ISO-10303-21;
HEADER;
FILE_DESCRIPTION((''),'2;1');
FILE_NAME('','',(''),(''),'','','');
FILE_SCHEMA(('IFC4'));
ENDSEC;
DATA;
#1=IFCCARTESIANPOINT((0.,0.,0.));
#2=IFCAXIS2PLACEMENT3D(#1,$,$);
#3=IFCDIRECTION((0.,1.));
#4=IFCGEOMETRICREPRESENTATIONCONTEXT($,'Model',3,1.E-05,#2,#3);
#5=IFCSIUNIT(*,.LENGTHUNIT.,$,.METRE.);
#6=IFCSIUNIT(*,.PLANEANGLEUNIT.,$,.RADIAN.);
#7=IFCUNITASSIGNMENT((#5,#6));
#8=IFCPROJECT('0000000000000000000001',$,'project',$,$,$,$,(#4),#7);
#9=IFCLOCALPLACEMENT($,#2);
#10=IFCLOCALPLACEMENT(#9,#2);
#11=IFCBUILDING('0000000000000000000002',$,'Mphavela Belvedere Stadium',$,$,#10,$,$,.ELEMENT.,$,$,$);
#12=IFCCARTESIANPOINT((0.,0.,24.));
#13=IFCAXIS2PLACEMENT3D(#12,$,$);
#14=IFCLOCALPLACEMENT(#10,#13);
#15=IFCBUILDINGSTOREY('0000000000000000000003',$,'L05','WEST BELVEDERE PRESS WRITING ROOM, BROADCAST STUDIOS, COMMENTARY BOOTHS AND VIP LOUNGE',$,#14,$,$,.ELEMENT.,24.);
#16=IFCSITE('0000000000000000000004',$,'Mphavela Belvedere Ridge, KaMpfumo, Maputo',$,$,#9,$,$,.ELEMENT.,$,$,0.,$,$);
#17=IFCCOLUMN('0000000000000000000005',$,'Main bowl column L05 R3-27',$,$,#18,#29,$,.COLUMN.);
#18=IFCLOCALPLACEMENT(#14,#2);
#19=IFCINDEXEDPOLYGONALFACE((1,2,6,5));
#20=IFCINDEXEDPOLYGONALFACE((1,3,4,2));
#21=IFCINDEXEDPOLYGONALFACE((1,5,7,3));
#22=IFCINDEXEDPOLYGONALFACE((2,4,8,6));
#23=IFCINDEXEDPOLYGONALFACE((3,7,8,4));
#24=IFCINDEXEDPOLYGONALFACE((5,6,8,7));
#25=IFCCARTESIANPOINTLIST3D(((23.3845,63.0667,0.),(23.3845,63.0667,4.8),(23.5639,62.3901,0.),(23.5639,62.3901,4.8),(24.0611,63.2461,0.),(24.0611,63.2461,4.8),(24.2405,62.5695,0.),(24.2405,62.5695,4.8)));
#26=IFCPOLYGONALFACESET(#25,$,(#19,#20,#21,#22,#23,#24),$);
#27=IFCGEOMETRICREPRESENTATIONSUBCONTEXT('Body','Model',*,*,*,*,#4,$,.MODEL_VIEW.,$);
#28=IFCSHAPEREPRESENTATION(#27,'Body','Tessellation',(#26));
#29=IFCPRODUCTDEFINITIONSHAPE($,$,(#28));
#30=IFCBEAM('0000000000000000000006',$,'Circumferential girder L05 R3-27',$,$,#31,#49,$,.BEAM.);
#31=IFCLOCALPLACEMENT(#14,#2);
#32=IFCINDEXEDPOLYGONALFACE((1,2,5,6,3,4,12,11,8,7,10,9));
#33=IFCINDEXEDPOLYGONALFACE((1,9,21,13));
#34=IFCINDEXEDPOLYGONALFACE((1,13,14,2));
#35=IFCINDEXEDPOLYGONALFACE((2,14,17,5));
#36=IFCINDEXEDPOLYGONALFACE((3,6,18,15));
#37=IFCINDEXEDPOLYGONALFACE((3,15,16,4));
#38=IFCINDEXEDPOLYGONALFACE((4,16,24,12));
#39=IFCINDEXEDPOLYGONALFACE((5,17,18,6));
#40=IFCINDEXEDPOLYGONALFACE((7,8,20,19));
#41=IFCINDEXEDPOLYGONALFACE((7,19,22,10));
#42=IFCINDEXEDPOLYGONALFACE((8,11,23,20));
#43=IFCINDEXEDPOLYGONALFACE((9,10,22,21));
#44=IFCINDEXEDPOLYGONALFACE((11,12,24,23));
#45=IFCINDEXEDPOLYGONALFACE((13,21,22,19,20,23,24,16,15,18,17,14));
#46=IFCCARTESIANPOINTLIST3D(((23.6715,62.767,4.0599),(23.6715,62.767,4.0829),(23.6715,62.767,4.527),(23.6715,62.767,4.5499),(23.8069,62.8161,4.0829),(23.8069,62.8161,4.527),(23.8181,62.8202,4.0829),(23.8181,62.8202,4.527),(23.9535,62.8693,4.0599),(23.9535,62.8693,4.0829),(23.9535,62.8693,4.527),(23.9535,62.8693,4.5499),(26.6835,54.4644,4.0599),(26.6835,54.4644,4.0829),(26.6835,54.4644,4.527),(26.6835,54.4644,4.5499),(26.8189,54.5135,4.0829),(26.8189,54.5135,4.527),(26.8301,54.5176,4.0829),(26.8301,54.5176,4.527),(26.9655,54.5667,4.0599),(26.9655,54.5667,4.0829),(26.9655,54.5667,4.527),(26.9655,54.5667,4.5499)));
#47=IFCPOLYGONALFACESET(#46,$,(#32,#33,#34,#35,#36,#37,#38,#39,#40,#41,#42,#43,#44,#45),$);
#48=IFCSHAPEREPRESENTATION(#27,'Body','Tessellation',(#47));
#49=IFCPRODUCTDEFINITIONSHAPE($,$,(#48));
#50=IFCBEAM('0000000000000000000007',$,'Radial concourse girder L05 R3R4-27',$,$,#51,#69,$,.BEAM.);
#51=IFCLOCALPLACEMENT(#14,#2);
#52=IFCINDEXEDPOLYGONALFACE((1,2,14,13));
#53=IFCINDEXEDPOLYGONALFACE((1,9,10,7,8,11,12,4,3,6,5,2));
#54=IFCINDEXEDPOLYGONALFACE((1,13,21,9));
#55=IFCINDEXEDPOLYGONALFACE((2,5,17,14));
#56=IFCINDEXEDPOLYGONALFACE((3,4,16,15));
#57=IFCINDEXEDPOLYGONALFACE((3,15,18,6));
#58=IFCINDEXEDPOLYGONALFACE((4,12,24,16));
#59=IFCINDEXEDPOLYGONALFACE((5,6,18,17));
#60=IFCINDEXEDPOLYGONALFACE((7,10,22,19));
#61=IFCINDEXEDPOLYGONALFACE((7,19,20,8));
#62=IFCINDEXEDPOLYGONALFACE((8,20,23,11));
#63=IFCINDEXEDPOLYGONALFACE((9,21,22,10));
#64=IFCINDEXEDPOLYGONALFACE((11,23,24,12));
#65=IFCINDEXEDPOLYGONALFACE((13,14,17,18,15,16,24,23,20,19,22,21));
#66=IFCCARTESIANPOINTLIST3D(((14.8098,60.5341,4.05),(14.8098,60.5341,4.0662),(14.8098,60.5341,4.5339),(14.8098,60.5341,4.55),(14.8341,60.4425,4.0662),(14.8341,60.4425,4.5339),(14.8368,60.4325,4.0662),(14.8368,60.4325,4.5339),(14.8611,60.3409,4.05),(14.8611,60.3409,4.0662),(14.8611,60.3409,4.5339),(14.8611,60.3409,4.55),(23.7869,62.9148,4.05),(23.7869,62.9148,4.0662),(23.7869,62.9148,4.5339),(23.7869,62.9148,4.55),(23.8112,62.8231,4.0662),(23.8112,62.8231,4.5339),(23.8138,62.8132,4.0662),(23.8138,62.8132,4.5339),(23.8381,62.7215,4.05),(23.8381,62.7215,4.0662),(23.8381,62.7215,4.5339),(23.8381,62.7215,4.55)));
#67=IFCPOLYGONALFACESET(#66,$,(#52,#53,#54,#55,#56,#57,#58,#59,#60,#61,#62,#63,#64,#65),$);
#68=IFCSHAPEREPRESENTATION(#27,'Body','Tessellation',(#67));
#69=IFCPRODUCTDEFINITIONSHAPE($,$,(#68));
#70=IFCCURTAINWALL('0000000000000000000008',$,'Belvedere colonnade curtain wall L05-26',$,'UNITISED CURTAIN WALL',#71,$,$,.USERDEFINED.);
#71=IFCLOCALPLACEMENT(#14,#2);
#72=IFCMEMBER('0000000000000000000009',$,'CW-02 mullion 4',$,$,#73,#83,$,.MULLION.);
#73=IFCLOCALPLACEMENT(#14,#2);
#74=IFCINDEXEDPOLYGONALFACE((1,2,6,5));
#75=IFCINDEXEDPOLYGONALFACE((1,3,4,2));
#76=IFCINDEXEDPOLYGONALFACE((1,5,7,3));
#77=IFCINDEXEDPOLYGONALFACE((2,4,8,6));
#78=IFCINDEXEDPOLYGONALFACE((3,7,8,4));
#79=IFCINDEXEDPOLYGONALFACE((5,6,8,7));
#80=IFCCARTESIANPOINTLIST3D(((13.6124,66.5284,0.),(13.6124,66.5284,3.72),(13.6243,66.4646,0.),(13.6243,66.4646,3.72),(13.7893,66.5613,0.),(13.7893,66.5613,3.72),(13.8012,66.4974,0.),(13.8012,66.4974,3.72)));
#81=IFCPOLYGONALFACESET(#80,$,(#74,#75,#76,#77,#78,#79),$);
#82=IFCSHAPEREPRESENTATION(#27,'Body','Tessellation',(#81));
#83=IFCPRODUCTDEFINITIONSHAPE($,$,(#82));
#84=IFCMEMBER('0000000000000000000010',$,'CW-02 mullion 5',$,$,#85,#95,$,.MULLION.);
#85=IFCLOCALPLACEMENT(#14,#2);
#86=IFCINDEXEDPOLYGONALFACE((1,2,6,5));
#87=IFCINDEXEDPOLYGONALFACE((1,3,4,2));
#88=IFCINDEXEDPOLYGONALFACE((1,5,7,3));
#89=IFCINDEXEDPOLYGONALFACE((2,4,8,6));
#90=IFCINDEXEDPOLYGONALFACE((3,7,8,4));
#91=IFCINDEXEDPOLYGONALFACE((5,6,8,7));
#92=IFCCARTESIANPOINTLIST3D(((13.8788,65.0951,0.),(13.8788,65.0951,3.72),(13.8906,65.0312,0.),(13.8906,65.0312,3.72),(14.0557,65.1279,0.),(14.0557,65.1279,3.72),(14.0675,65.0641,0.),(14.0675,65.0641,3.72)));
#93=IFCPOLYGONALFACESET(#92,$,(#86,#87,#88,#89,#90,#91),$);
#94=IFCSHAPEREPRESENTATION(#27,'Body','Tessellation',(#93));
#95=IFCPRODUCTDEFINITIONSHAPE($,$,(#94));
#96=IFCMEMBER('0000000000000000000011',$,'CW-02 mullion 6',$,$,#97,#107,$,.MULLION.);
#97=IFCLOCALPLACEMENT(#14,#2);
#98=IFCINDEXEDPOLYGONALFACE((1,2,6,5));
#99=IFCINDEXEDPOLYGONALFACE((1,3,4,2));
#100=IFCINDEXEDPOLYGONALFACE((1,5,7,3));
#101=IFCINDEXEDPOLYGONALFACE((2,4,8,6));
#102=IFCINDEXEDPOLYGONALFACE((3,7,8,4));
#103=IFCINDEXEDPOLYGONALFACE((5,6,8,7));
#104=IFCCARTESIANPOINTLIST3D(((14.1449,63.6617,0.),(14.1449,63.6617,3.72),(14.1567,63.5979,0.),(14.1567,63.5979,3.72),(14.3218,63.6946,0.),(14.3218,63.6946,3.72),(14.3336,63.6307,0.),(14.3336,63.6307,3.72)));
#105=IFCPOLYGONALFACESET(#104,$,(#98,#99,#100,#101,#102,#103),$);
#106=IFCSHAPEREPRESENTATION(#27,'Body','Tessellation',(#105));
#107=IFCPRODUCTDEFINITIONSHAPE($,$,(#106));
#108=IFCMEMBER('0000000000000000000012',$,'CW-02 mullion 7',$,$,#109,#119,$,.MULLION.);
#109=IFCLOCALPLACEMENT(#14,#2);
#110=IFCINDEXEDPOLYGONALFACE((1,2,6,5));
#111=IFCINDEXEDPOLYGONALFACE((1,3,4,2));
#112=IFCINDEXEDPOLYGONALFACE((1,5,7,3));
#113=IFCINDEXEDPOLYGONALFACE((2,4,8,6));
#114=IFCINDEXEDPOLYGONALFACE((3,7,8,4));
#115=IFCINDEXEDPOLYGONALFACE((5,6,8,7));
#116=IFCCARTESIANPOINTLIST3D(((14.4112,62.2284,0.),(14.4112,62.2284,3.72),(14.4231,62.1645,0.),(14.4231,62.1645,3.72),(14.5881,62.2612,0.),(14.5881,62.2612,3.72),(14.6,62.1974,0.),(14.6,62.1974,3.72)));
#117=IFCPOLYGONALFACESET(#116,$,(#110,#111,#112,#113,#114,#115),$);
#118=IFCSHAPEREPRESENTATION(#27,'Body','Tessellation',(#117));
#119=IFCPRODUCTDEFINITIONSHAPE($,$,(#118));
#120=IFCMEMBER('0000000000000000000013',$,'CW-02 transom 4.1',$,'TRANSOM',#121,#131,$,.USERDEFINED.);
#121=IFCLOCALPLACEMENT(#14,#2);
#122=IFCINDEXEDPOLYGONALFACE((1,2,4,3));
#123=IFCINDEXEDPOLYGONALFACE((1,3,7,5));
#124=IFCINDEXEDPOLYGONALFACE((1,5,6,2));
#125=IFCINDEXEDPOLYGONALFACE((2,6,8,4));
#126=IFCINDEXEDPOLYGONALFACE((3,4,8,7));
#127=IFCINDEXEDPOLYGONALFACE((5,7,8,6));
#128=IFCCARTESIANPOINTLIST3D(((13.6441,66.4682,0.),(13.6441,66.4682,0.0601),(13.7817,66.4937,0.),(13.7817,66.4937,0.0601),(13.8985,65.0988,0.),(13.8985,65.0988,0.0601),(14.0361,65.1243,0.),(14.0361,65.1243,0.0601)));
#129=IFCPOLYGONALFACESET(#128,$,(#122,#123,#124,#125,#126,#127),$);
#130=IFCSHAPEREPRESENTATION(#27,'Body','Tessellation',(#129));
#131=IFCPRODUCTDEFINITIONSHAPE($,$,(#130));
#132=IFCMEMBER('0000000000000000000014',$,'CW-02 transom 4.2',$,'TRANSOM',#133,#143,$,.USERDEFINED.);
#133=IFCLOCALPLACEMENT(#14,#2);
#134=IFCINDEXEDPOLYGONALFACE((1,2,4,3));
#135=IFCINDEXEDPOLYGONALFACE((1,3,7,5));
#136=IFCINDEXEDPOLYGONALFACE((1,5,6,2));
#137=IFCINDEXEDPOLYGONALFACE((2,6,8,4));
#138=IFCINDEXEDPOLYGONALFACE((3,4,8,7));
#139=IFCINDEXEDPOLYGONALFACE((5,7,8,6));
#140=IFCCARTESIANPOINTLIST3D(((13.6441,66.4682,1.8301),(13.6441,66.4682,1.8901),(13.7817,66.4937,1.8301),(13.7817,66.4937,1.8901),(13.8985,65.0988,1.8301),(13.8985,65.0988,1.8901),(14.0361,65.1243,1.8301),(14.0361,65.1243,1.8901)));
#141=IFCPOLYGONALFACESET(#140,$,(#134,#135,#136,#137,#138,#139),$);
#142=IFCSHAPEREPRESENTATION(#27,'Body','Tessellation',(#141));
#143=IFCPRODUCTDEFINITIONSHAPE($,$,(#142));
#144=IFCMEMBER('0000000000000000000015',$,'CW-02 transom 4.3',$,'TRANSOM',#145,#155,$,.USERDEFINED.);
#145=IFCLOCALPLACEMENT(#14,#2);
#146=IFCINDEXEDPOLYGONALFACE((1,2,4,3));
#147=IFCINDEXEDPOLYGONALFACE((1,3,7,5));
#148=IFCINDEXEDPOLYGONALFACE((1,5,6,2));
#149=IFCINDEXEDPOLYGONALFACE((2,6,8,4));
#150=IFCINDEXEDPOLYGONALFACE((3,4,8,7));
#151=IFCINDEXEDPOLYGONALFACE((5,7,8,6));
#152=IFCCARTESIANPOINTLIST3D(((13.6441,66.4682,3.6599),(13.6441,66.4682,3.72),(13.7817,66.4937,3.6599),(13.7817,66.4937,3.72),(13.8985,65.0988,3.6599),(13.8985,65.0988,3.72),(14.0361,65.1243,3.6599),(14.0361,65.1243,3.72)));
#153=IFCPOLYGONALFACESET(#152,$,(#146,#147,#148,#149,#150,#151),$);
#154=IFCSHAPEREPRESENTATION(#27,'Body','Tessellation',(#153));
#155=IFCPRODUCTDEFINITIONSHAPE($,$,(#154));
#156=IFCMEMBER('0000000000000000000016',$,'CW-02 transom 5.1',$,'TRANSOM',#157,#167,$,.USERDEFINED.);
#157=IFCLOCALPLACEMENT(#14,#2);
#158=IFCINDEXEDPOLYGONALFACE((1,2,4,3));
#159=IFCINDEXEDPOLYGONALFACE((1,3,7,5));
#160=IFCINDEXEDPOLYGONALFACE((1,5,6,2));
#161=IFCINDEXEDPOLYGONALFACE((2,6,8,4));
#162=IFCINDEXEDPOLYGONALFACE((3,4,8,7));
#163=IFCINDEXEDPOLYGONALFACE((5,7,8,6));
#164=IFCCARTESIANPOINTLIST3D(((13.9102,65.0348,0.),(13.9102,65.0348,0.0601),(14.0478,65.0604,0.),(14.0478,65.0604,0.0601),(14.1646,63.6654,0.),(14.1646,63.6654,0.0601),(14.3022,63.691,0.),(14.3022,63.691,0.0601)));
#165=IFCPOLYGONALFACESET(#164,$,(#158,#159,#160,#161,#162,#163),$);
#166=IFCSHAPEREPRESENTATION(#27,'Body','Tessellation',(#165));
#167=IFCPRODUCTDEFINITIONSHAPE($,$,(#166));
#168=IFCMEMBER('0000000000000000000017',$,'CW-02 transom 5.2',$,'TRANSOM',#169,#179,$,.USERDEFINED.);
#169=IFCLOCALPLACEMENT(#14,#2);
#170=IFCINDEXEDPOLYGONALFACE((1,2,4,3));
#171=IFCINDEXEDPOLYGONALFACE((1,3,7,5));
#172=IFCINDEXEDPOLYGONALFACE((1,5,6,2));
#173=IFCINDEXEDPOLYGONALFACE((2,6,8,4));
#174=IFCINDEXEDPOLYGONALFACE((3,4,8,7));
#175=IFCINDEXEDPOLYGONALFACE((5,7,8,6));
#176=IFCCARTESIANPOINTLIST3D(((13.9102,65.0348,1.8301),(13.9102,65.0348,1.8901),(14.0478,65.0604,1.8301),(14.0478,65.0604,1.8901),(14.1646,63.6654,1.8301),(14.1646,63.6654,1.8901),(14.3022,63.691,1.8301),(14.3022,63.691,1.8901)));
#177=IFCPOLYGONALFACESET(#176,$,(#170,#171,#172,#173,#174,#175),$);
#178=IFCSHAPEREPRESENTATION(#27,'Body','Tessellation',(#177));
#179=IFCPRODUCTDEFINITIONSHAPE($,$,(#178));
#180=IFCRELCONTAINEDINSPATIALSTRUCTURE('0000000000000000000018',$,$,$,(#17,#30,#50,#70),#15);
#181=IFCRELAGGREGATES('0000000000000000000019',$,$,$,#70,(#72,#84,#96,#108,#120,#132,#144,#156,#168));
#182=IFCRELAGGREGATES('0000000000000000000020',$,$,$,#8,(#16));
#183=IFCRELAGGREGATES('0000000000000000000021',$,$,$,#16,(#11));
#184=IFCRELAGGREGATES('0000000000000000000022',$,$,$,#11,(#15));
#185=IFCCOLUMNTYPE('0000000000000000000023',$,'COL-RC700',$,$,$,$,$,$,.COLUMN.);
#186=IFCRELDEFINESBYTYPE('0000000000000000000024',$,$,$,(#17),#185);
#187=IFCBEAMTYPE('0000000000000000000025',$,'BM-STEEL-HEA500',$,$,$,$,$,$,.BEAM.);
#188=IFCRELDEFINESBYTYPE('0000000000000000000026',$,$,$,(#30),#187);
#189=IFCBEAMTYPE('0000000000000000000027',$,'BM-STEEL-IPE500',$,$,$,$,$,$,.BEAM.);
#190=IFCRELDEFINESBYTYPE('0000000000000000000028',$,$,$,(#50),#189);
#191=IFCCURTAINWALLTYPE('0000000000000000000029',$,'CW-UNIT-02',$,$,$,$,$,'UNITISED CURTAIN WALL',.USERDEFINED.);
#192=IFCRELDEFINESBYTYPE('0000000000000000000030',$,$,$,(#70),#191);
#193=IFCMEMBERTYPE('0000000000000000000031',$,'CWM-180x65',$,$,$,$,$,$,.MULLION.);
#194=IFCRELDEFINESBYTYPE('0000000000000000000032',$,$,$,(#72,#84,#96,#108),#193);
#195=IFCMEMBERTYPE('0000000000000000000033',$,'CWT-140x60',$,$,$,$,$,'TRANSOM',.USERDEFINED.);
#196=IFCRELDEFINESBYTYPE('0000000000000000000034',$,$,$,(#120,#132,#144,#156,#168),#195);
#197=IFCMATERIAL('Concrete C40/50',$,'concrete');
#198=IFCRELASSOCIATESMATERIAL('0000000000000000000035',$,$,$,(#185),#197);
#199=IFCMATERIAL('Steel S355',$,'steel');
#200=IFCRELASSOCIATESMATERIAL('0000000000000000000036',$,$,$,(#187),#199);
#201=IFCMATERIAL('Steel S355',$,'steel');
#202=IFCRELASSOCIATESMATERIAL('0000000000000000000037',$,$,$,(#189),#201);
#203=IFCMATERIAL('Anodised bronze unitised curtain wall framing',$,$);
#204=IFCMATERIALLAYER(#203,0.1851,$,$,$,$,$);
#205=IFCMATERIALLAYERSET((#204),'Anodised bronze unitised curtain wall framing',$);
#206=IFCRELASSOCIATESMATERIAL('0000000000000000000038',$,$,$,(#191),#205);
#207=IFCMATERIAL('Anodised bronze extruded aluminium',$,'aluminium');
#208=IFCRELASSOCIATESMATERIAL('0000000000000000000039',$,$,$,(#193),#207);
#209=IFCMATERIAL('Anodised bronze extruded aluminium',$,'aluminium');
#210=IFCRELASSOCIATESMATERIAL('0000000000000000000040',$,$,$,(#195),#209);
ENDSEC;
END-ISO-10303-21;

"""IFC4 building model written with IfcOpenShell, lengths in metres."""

from ifc_helpers import new_model, si_unit, direction, frame, origin, origin_2d, place, context, subcontext, project, spatial, rectangle, i_section, extrude, material, layer, layer_set, material_profile, profile_set, type_object, element, aggregate, save


model = new_model("IFC4")

# Units and contexts
model_context = context("Model", 3, precision=1e-05, world=origin(), true_north=direction((0.0, 1.0)))
body_context = subcontext(model_context, "Body", "Model", "MODEL_VIEW")
ifc_project = project(units=[si_unit("LENGTHUNIT", "METRE"), si_unit("PLANEANGLEUNIT", "RADIAN")], contexts=[model_context])

# Site, building, storey
site_placement = place(None, origin())
site = spatial("IfcSite", under=ifc_project, at=site_placement, Name="Mphavela Belvedere Ridge, KaMpfumo, Maputo", CompositionType="ELEMENT", RefElevation=0.0)
building_placement = place(site_placement, origin())
building = spatial("IfcBuilding", under=site, at=building_placement, Name="Mphavela Belvedere Stadium", CompositionType="ELEMENT")
storey_placement = place(building_placement, frame((0.0, 0.0, 24.0)))
storey = spatial("IfcBuildingStorey", under=building, at=storey_placement, Name="L05", Description="WEST BELVEDERE PRESS WRITING ROOM, BROADCAST STUDIOS, COMMENTARY BOOTHS AND VIP LOUNGE", CompositionType="ELEMENT", Elevation=24.0)

# Column
ifc_material_1 = material(Name="Concrete C40/50", Category="concrete")
ifc_material_profile_1 = material_profile(ifc_material_1, rectangle(XDim=0.7, YDim=0.7, at=origin_2d()), Name="RC 700x700")
ifc_profile_set_1 = profile_set([ifc_material_profile_1], Name="Concrete C40/50")
column_type = type_object("IfcColumnType", Name="COL-RC700", PredefinedType="COLUMN", material=ifc_profile_set_1)
column_placement = place(storey_placement, frame((23.8125, 62.8181, 0.0), z_axis=(0.0, 0.0, 1.0), x_axis=(-0.9666, -0.256289, 0.0)))
element("IfcColumn", 1, at=column_placement, inside=storey, type_object=column_type, Name="Main bowl column L05 R3-27", PredefinedType="COLUMN", context=body_context, shape_type="SweptSolid", body=[
    extrude(rectangle(XDim=0.7, YDim=0.7, at=origin_2d()), origin(), (0.0, 0.0, 1.0), 4.8),
])

# Beams
ifc_material_2 = material(Name="Steel S355", Category="steel")
ifc_material_profile_2 = material_profile(ifc_material_2, i_section(OverallWidth=0.3, OverallDepth=0.49, WebThickness=0.012, FlangeThickness=0.0229, at=origin_2d()), Name="HEA 500")
ifc_profile_set_2 = profile_set([ifc_material_profile_2], Name="Steel S355")
beam_type_1 = type_object("IfcBeamType", Name="BM-STEEL-HEA500", PredefinedType="BEAM", material=ifc_profile_set_2)
beam_1_placement = place(storey_placement, frame((23.8125, 62.8181, 4.3049), z_axis=(0.341031, -0.940052, 0.0), x_axis=(0.940052, 0.341031, 0.0)))
element("IfcBeam", 2, at=beam_1_placement, inside=storey, type_object=beam_type_1, Name="Circumferential girder L05 R3-27", PredefinedType="BEAM", context=body_context, shape_type="SweptSolid", body=[
    extrude(i_section(OverallWidth=0.3, OverallDepth=0.49, WebThickness=0.012, FlangeThickness=0.0229, at=origin_2d()), origin(), (0.0, 0.0, 1.0), 8.832),
])
ifc_material_3 = material(Name="Steel S355", Category="steel")
ifc_material_profile_3 = material_profile(ifc_material_3, i_section(OverallWidth=0.2, OverallDepth=0.5, WebThickness=0.0103, FlangeThickness=0.0161, at=origin_2d()), Name="IPE 500")
ifc_profile_set_3 = profile_set([ifc_material_profile_3], Name="Steel S355")
beam_type_2 = type_object("IfcBeamType", Name="BM-STEEL-IPE500", PredefinedType="BEAM", material=ifc_profile_set_3)
beam_2_placement = place(storey_placement, frame((23.8125, 62.8181, 4.3), z_axis=(-0.96659, -0.256329, 0.0), x_axis=(0.256329, -0.96659, 0.0)))
element("IfcBeam", 3, at=beam_2_placement, inside=storey, type_object=beam_type_2, Name="Radial concourse girder L05 R3R4-27", PredefinedType="BEAM", context=body_context, shape_type="SweptSolid", body=[
    extrude(i_section(OverallWidth=0.2, OverallDepth=0.5, WebThickness=0.0103, FlangeThickness=0.0161, at=origin_2d()), origin(), (0.0, 0.0, 1.0), 9.2874),
])

# Curtain wall, members
ifc_material_4 = material(Name="Anodised bronze unitised curtain wall framing")
ifc_layer_1 = layer(ifc_material_4, 0.1851)
ifc_layer_set_1 = layer_set([ifc_layer_1], Name="Anodised bronze unitised curtain wall framing")
curtain_wall_type = type_object("IfcCurtainWallType", Name="CW-UNIT-02", ElementType="UNITISED CURTAIN WALL", PredefinedType="USERDEFINED", material=ifc_layer_set_1)
curtain_wall_placement = place(storey_placement, origin())
curtain_wall = element("IfcCurtainWall", 4, at=curtain_wall_placement, inside=storey, type_object=curtain_wall_type, Name="Belvedere colonnade curtain wall L05-26", ObjectType="UNITISED CURTAIN WALL", PredefinedType="USERDEFINED")
ifc_material_5 = material(Name="Anodised bronze extruded aluminium", Category="aluminium")
ifc_material_profile_4 = material_profile(ifc_material_5, rectangle(XDim=0.1799, YDim=0.0649, at=origin_2d()), Name="CW-MUL 180x65")
ifc_profile_set_4 = profile_set([ifc_material_profile_4], Name="Anodised bronze extruded aluminium")
member_type_1 = type_object("IfcMemberType", Name="CWM-180x65", PredefinedType="MULLION", material=ifc_profile_set_4)
member_1_placement = place(storey_placement, frame((13.7068, 66.5129, 0.0), z_axis=(0.0, 0.0, 1.0), x_axis=(0.983184, 0.182618, 0.0)))
member_1 = element("IfcMember", 5, at=member_1_placement, type_object=member_type_1, Name="CW-02 mullion 4", PredefinedType="MULLION", context=body_context, shape_type="SweptSolid", body=[
    extrude(rectangle(XDim=0.1799, YDim=0.0649, at=origin_2d()), origin(), (0.0, 0.0, 1.0), 3.72),
])
member_2_placement = place(storey_placement, frame((13.9731, 65.0796, 0.0), z_axis=(0.0, 0.0, 1.0), x_axis=(0.983184, 0.182618, 0.0)))
member_2 = element("IfcMember", 6, at=member_2_placement, type_object=member_type_1, Name="CW-02 mullion 5", PredefinedType="MULLION", context=body_context, shape_type="SweptSolid", body=[
    extrude(rectangle(XDim=0.1799, YDim=0.0649, at=origin_2d()), origin(), (0.0, 0.0, 1.0), 3.72),
])
member_3_placement = place(storey_placement, frame((14.2393, 63.6462, 0.0), z_axis=(0.0, 0.0, 1.0), x_axis=(0.983184, 0.182618, 0.0)))
member_3 = element("IfcMember", 7, at=member_3_placement, type_object=member_type_1, Name="CW-02 mullion 6", PredefinedType="MULLION", context=body_context, shape_type="SweptSolid", body=[
    extrude(rectangle(XDim=0.1799, YDim=0.0649, at=origin_2d()), origin(), (0.0, 0.0, 1.0), 3.72),
])
member_4_placement = place(storey_placement, frame((14.5056, 62.2129, 0.0), z_axis=(0.0, 0.0, 1.0), x_axis=(0.983184, 0.182618, 0.0)))
member_4 = element("IfcMember", 8, at=member_4_placement, type_object=member_type_1, Name="CW-02 mullion 7", PredefinedType="MULLION", context=body_context, shape_type="SweptSolid", body=[
    extrude(rectangle(XDim=0.1799, YDim=0.0649, at=origin_2d()), origin(), (0.0, 0.0, 1.0), 3.72),
])
ifc_material_6 = material(Name="Anodised bronze extruded aluminium", Category="aluminium")
ifc_material_profile_5 = material_profile(ifc_material_6, rectangle(XDim=0.1399, YDim=0.0601, at=origin_2d()), Name="CW-TRN 140x60")
ifc_profile_set_5 = profile_set([ifc_material_profile_5], Name="Anodised bronze extruded aluminium")
member_type_2 = type_object("IfcMemberType", Name="CWT-140x60", ElementType="TRANSOM", PredefinedType="USERDEFINED", material=ifc_profile_set_5)
member_5_placement = place(storey_placement, frame((13.7129, 66.481, 0.03), z_axis=(0.182648, -0.983178, 0.0), x_axis=(0.983178, 0.182648, 0.0)))
member_5 = element("IfcMember", 9, at=member_5_placement, type_object=member_type_2, Name="CW-02 transom 4.1", ObjectType="TRANSOM", PredefinedType="USERDEFINED", context=body_context, shape_type="SweptSolid", body=[
    extrude(rectangle(XDim=0.1399, YDim=0.0601, at=origin_2d()), origin(), (0.0, 0.0, 1.0), 1.3928),
])
member_6_placement = place(storey_placement, frame((13.7129, 66.481, 1.8601), z_axis=(0.182648, -0.983178, 0.0), x_axis=(0.983178, 0.182648, 0.0)))
member_6 = element("IfcMember", 10, at=member_6_placement, type_object=member_type_2, Name="CW-02 transom 4.2", ObjectType="TRANSOM", PredefinedType="USERDEFINED", context=body_context, shape_type="SweptSolid", body=[
    extrude(rectangle(XDim=0.1399, YDim=0.0601, at=origin_2d()), origin(), (0.0, 0.0, 1.0), 1.3928),
])
member_7_placement = place(storey_placement, frame((13.7129, 66.481, 3.6899), z_axis=(0.182648, -0.983178, 0.0), x_axis=(0.983178, 0.182648, 0.0)))
member_7 = element("IfcMember", 11, at=member_7_placement, type_object=member_type_2, Name="CW-02 transom 4.3", ObjectType="TRANSOM", PredefinedType="USERDEFINED", context=body_context, shape_type="SweptSolid", body=[
    extrude(rectangle(XDim=0.1399, YDim=0.0601, at=origin_2d()), origin(), (0.0, 0.0, 1.0), 1.3928),
])
member_8_placement = place(storey_placement, frame((13.979, 65.0476, 0.03), z_axis=(0.182648, -0.983178, 0.0), x_axis=(0.983178, 0.182648, 0.0)))
member_8 = element("IfcMember", 12, at=member_8_placement, type_object=member_type_2, Name="CW-02 transom 5.1", ObjectType="TRANSOM", PredefinedType="USERDEFINED", context=body_context, shape_type="SweptSolid", body=[
    extrude(rectangle(XDim=0.1399, YDim=0.0601, at=origin_2d()), origin(), (0.0, 0.0, 1.0), 1.3928),
])
member_9_placement = place(storey_placement, frame((13.979, 65.0476, 1.8601), z_axis=(0.182648, -0.983178, 0.0), x_axis=(0.983178, 0.182648, 0.0)))
member_9 = element("IfcMember", 13, at=member_9_placement, type_object=member_type_2, Name="CW-02 transom 5.2", ObjectType="TRANSOM", PredefinedType="USERDEFINED", context=body_context, shape_type="SweptSolid", body=[
    extrude(rectangle(XDim=0.1399, YDim=0.0601, at=origin_2d()), origin(), (0.0, 0.0, 1.0), 1.3928),
])
aggregate(curtain_wall, [member_1, member_2, member_3, member_4, member_5, member_6, member_7, member_8, member_9])

save(model, "model.ifc")
